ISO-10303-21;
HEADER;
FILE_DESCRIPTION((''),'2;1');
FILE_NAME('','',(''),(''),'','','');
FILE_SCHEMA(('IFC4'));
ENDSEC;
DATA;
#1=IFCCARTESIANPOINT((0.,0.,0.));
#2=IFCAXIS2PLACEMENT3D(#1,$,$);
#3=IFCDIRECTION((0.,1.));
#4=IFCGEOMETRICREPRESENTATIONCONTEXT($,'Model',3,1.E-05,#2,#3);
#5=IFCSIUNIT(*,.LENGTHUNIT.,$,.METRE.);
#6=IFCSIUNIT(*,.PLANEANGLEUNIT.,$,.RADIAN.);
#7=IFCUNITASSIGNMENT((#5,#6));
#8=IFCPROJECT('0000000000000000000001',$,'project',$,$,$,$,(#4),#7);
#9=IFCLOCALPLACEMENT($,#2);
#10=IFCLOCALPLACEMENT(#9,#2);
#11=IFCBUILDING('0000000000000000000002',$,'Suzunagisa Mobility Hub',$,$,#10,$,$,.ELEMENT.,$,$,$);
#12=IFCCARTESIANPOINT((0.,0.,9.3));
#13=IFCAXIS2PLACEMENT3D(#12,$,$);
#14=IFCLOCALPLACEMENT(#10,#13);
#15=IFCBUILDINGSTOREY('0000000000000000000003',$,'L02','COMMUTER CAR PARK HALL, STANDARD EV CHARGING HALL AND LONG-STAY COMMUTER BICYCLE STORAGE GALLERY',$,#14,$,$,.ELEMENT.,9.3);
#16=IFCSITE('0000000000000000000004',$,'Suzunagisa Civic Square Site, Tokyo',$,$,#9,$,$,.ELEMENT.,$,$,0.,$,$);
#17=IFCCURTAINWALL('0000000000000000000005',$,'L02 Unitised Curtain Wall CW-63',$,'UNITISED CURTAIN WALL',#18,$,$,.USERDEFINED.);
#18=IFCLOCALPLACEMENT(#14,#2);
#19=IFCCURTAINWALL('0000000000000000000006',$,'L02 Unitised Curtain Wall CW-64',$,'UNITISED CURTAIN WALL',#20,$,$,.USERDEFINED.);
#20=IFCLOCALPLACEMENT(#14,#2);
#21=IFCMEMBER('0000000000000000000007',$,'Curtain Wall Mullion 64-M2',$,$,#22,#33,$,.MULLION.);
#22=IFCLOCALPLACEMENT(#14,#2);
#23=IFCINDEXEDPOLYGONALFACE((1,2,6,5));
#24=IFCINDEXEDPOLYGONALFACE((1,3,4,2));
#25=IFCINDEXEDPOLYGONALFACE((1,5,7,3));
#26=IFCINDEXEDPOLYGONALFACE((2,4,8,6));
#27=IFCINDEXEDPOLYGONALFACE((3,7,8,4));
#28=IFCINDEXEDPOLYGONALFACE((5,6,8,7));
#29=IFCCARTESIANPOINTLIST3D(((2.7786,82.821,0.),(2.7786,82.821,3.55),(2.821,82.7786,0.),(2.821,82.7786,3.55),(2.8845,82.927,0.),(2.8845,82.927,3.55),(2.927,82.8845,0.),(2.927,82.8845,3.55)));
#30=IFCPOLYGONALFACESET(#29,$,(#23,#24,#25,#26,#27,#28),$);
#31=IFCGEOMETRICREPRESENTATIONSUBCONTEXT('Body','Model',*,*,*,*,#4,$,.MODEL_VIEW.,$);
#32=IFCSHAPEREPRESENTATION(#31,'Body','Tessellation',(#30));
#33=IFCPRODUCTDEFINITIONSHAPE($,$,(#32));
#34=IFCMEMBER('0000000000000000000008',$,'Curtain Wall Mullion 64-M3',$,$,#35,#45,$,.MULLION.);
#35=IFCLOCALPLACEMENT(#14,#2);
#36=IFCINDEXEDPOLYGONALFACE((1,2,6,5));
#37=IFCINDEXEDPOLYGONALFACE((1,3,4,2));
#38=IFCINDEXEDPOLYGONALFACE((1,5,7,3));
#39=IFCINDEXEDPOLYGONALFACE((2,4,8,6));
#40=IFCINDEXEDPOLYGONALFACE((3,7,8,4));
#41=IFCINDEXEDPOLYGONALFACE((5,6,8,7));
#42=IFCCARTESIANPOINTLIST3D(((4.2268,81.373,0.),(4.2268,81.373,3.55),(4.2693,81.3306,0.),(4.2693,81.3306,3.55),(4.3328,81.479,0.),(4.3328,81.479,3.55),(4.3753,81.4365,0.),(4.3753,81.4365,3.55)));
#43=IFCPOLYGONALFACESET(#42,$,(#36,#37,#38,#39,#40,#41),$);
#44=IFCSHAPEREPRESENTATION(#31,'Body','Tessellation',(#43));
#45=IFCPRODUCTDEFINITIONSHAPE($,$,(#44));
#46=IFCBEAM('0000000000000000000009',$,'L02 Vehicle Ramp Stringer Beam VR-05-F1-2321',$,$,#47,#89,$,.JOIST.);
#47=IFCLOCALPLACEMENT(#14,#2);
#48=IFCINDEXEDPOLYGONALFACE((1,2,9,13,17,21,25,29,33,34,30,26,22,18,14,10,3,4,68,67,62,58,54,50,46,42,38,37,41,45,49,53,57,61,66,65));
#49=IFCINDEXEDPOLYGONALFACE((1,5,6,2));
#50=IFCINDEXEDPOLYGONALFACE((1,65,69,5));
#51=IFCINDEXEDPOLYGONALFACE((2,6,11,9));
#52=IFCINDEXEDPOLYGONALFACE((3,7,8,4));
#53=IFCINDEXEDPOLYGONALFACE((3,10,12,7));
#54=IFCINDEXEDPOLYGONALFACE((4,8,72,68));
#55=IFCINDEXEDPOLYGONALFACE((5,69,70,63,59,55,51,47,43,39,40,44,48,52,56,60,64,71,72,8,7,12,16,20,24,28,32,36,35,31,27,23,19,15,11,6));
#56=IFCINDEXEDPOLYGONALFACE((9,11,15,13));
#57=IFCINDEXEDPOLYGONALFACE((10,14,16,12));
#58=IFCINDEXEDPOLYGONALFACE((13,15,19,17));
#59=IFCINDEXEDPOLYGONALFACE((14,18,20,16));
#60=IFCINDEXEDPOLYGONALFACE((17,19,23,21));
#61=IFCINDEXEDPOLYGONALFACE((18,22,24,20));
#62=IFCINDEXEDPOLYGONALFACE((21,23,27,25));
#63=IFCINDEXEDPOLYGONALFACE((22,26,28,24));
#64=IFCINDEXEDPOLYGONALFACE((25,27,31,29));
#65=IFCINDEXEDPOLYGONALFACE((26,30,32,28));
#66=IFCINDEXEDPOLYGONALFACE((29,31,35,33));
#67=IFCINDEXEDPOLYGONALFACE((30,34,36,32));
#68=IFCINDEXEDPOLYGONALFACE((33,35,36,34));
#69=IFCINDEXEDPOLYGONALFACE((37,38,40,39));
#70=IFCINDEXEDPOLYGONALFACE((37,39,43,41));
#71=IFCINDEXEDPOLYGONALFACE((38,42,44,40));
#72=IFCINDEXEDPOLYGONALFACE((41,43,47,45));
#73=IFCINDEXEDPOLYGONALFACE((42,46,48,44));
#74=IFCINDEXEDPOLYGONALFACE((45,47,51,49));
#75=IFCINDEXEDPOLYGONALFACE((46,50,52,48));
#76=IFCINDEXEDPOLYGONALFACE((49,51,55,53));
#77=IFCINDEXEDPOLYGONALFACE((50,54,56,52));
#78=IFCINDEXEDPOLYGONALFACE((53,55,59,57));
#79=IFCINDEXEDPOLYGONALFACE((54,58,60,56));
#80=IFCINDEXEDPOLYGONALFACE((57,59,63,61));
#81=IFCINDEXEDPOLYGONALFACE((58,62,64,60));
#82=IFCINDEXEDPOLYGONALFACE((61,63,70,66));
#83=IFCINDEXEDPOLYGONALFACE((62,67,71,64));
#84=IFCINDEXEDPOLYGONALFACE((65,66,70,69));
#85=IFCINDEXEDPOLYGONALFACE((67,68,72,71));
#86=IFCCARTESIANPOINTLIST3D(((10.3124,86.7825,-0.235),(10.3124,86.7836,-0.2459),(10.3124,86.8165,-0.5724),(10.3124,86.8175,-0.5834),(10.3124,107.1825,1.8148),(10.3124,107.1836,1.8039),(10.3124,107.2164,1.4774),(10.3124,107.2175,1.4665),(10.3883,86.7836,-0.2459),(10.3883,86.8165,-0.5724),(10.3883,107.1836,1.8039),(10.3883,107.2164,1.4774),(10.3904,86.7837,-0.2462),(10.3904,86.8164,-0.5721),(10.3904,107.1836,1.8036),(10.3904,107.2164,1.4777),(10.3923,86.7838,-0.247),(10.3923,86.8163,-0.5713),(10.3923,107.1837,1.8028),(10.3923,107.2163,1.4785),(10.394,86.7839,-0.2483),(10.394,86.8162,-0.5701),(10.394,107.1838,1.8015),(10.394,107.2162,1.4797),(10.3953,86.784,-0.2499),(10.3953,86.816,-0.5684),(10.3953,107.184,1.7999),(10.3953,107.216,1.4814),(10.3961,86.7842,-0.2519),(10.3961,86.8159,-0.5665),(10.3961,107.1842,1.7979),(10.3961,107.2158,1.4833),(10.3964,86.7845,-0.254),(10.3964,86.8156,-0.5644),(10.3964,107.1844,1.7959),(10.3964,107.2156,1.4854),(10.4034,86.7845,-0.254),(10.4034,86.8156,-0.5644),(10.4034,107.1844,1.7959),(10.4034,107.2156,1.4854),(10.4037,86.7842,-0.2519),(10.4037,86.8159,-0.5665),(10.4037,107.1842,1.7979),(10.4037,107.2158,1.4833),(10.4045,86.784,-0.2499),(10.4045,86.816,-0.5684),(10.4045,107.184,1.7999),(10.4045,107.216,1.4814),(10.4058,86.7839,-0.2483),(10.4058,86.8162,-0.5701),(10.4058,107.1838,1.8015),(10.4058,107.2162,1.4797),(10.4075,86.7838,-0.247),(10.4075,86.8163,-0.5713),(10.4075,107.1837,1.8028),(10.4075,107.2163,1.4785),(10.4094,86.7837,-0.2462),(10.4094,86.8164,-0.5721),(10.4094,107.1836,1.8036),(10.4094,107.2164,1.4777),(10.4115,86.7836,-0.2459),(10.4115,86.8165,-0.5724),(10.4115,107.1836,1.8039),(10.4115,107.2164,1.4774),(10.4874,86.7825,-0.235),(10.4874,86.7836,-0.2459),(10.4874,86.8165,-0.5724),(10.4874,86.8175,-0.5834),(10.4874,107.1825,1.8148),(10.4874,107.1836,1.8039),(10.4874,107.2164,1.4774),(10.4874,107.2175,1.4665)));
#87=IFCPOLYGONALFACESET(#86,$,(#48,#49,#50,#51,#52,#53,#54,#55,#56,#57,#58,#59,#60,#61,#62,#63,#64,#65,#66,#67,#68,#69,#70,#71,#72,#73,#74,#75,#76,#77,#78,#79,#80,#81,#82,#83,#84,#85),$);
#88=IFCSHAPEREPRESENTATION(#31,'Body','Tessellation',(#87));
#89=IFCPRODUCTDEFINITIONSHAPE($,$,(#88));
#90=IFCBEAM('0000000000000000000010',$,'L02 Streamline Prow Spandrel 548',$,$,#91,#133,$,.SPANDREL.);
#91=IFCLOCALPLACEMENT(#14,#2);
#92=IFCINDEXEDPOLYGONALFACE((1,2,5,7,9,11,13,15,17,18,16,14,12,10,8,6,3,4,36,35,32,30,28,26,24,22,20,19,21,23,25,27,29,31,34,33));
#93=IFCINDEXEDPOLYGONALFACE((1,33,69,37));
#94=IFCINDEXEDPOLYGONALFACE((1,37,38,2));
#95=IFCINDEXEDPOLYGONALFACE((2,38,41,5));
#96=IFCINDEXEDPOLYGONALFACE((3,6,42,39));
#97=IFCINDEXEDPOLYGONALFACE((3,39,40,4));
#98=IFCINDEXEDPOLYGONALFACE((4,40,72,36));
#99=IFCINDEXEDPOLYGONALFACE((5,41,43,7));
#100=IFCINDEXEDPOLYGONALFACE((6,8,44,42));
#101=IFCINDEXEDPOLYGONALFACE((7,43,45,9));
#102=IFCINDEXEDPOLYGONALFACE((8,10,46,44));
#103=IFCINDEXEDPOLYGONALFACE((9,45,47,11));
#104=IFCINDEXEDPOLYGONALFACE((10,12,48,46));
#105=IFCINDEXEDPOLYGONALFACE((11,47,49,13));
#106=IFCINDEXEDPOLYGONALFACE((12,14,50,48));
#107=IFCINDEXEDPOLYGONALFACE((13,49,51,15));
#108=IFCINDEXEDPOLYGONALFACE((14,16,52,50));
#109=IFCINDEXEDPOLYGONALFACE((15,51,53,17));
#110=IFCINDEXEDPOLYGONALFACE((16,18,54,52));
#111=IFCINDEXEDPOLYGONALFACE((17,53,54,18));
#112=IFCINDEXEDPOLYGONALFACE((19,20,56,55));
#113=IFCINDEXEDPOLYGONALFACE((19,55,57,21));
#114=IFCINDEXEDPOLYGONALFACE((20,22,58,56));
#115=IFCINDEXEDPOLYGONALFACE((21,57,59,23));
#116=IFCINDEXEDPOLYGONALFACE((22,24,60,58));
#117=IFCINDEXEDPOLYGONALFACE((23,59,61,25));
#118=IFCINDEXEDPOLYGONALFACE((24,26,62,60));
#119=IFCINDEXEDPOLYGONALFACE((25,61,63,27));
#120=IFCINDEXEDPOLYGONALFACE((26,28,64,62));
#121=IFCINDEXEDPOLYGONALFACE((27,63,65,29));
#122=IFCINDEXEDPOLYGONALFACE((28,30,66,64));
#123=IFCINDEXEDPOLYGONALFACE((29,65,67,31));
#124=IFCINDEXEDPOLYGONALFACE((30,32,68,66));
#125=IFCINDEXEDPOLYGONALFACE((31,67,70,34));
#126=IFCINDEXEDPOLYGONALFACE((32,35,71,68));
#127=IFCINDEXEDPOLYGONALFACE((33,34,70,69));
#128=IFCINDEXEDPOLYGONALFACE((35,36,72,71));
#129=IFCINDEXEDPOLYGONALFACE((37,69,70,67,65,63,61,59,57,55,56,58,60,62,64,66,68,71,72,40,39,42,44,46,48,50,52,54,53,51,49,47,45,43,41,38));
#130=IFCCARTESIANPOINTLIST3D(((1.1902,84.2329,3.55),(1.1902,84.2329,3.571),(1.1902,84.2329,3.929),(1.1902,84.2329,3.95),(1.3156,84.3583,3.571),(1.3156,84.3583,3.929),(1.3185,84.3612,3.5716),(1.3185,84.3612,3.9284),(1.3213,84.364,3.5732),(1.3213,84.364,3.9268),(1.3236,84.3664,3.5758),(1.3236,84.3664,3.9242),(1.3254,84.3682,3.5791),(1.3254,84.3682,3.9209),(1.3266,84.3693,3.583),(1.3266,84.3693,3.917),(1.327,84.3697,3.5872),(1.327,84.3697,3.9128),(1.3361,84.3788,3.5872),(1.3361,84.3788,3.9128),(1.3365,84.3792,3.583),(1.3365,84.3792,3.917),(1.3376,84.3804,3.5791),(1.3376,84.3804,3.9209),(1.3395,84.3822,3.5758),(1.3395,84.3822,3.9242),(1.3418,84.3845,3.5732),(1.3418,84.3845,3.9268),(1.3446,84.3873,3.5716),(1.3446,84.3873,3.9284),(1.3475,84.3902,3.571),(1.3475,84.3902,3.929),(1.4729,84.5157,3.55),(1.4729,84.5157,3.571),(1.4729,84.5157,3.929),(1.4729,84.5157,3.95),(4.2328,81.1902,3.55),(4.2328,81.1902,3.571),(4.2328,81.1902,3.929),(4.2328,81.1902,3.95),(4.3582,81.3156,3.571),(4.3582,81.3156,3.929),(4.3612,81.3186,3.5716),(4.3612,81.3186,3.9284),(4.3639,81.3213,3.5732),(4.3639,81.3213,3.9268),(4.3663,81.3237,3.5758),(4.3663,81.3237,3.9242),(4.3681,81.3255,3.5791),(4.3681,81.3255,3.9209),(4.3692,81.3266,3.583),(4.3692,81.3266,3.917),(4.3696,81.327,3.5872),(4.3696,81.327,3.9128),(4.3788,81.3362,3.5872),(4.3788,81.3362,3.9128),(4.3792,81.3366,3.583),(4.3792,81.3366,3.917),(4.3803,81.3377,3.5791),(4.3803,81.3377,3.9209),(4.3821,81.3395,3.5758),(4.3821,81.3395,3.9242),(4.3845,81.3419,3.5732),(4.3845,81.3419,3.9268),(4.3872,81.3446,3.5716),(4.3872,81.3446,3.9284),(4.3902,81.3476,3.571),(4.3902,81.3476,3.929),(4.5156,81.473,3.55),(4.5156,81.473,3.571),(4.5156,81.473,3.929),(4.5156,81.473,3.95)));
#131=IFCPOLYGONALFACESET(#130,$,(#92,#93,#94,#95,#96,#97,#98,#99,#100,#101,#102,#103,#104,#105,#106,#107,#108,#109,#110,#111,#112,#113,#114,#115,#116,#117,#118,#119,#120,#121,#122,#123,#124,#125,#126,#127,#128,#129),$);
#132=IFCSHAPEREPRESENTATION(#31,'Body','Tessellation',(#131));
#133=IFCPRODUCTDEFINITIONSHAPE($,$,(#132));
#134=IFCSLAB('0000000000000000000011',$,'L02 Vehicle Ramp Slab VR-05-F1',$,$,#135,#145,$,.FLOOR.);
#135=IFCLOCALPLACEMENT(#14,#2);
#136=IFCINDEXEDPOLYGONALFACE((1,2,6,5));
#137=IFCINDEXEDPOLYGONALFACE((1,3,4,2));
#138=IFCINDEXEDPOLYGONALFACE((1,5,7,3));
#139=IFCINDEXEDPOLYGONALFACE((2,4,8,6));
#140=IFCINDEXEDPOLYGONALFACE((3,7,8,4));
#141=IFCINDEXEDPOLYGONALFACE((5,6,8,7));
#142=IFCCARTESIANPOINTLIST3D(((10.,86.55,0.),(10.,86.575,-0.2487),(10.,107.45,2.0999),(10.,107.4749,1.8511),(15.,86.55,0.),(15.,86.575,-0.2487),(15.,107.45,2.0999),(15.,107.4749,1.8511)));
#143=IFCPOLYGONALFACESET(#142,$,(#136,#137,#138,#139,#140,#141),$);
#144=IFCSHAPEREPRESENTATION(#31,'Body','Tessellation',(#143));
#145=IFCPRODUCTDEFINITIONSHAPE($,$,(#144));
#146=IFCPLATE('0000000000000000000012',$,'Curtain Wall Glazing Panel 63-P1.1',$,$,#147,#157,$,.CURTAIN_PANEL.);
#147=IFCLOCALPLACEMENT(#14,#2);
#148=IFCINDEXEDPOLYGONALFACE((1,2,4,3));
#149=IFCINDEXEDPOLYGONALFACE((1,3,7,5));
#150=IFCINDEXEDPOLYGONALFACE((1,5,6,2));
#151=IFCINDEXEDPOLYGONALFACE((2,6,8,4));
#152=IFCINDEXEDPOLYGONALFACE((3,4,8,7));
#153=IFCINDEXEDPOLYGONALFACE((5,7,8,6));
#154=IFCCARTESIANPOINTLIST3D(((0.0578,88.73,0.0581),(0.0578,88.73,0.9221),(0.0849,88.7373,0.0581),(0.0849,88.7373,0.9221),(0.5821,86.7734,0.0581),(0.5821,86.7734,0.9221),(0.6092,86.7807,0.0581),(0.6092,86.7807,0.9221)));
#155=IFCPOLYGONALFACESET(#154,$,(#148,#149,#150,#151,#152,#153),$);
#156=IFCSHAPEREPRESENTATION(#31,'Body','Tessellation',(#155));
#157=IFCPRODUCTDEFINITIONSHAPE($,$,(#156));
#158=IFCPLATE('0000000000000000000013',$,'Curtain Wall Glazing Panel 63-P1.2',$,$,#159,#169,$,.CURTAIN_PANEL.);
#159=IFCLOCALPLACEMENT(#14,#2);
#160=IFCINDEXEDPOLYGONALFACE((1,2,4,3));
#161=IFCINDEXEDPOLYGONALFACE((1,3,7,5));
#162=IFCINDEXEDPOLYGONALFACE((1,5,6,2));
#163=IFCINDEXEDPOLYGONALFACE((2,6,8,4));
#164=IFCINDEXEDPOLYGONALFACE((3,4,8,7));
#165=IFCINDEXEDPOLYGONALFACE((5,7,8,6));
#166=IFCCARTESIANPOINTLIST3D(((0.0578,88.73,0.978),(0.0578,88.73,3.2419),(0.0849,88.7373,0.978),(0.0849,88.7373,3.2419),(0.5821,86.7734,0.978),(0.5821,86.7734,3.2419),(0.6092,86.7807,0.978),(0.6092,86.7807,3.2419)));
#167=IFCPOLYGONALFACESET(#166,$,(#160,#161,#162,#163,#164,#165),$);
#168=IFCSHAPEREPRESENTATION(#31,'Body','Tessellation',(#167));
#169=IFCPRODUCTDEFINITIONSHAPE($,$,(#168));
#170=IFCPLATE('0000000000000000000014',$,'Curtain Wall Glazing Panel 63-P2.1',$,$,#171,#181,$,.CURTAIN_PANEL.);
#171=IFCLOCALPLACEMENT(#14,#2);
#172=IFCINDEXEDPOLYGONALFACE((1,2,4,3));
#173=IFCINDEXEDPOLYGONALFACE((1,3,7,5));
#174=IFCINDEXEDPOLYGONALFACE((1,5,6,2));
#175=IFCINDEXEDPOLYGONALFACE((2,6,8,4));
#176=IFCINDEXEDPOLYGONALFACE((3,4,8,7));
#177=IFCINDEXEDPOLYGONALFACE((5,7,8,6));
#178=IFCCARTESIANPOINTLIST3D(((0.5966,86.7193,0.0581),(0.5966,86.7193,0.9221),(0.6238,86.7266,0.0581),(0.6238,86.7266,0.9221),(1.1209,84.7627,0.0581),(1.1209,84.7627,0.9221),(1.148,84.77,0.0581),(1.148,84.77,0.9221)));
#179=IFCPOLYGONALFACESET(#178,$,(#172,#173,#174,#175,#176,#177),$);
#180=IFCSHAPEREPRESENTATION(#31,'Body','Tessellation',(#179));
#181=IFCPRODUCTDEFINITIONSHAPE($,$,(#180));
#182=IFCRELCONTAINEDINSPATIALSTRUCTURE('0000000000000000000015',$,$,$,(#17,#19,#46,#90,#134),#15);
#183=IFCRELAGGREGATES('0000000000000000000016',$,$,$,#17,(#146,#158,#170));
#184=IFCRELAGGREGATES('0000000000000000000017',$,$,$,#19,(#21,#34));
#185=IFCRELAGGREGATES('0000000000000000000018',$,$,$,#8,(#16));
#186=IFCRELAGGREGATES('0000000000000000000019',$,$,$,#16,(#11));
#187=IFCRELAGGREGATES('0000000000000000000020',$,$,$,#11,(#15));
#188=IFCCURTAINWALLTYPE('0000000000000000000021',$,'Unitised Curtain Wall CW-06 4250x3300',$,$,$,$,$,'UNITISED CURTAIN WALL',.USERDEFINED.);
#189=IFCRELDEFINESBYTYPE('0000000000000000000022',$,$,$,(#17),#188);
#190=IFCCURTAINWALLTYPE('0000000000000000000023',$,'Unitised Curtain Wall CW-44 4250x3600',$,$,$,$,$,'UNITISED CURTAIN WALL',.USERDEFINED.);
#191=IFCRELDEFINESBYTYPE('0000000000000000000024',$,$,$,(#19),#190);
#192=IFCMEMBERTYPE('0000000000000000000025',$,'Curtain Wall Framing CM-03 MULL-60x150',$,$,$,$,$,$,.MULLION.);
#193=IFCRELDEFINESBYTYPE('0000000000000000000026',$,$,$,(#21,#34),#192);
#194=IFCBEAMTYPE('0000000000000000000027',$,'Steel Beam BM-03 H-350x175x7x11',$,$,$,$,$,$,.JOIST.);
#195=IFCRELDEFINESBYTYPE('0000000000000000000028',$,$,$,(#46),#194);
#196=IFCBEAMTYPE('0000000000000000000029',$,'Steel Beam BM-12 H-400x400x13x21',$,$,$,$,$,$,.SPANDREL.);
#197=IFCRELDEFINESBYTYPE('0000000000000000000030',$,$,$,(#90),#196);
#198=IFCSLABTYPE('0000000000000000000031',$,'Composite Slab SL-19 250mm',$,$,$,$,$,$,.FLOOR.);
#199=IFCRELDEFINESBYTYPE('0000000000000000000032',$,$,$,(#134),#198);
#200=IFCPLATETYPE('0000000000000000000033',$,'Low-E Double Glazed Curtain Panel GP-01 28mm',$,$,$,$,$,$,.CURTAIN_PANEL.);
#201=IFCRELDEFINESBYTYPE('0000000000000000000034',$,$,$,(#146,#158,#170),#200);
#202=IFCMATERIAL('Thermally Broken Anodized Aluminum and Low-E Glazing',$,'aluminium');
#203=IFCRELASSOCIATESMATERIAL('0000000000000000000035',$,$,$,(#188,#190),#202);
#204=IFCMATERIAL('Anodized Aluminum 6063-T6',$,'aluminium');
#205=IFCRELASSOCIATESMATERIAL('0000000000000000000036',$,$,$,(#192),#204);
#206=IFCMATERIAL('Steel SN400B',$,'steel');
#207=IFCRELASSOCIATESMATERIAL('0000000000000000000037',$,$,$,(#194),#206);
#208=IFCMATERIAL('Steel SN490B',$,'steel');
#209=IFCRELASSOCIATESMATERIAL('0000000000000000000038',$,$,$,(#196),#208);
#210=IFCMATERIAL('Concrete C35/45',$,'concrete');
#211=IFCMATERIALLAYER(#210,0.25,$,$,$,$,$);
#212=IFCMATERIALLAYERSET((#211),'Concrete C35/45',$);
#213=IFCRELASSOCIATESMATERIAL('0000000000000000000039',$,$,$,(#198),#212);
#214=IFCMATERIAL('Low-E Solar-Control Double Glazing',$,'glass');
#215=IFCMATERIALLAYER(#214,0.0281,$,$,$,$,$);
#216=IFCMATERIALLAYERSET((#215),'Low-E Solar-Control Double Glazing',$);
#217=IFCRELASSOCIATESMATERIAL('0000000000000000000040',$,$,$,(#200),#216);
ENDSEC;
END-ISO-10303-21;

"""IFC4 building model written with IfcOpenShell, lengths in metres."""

from ifc_helpers import new_model, si_unit, direction, frame, origin, origin_2d, place, context, subcontext, project, spatial, polyline, rectangle, i_section, outline, extrude, material, layer, layer_set, material_profile, profile_set, type_object, element, aggregate, save


model = new_model("IFC4")

# Units and contexts
model_context = context("Model", 3, precision=1e-05, world=origin(), true_north=direction((0.0, 1.0)))
body_context = subcontext(model_context, "Body", "Model", "MODEL_VIEW")
ifc_project = project(units=[si_unit("LENGTHUNIT", "METRE"), si_unit("PLANEANGLEUNIT", "RADIAN")], contexts=[model_context])

# Site, building, storey
site_placement = place(None, origin())
site = spatial("IfcSite", under=ifc_project, at=site_placement, Name="Suzunagisa Civic Square Site, Tokyo", CompositionType="ELEMENT", RefElevation=0.0)
building_placement = place(site_placement, origin())
building = spatial("IfcBuilding", under=site, at=building_placement, Name="Suzunagisa Mobility Hub", CompositionType="ELEMENT")
storey_placement = place(building_placement, frame((0.0, 0.0, 9.3)))
storey = spatial("IfcBuildingStorey", under=building, at=storey_placement, Name="L02", Description="COMMUTER CAR PARK HALL, STANDARD EV CHARGING HALL AND LONG-STAY COMMUTER BICYCLE STORAGE GALLERY", CompositionType="ELEMENT", Elevation=9.3)

# Shared definitions
ifc_material_1 = material(Name="Steel SN490B", Category="steel")

# Curtain walls
ifc_material_2 = material(Name="Thermally Broken Anodized Aluminum and Low-E Glazing", Category="aluminium")
curtain_wall_type_1 = type_object("IfcCurtainWallType", Name="Unitised Curtain Wall CW-06 4250x3300", ElementType="UNITISED CURTAIN WALL", PredefinedType="USERDEFINED", material=ifc_material_2)
curtain_wall_1_placement = place(storey_placement, origin())
curtain_wall_1 = element("IfcCurtainWall", 1, at=curtain_wall_1_placement, inside=storey, type_object=curtain_wall_type_1, Name="L02 Unitised Curtain Wall CW-63", ObjectType="UNITISED CURTAIN WALL", PredefinedType="USERDEFINED")
ifc_material_3 = material(Name="Anodized Aluminum 6063-T6", Category="aluminium")
curtain_wall_type_2 = type_object("IfcCurtainWallType", Name="Unitised Curtain Wall CW-44 4250x3600", ElementType="UNITISED CURTAIN WALL", PredefinedType="USERDEFINED", material=ifc_material_2)
curtain_wall_2_placement = place(storey_placement, origin())
curtain_wall_2 = element("IfcCurtainWall", 2, at=curtain_wall_2_placement, inside=storey, type_object=curtain_wall_type_2, Name="L02 Unitised Curtain Wall CW-64", ObjectType="UNITISED CURTAIN WALL", PredefinedType="USERDEFINED")

# Members
ifc_material_profile_1 = material_profile(ifc_material_3, rectangle(XDim=0.0601, YDim=0.1499, at=origin_2d()), Name="MULL-60x150")
ifc_profile_set_1 = profile_set([ifc_material_profile_1], Name="Anodized Aluminum 6063-T6")
member_type_1 = type_object("IfcMemberType", Name="Curtain Wall Framing CM-03 MULL-60x150", PredefinedType="MULLION", material=ifc_profile_set_1)
member_1_placement = place(storey_placement, frame((2.8528, 82.8528, 0.0), z_axis=(0.0, 0.0, 1.0), x_axis=(0.707107, -0.707107, 0.0)))
member_1 = element("IfcMember", 3, at=member_1_placement, type_object=member_type_1, Name="Curtain Wall Mullion 64-M2", PredefinedType="MULLION", context=body_context, shape_type="SweptSolid", body=[
    extrude(rectangle(XDim=0.0601, YDim=0.1499, at=origin_2d()), origin(), (0.0, 0.0, 1.0), 3.55),
])
member_2_placement = place(storey_placement, frame((4.301, 81.4048, 0.0), z_axis=(0.0, 0.0, 1.0), x_axis=(0.707107, -0.707107, 0.0)))
member_2 = element("IfcMember", 4, at=member_2_placement, type_object=member_type_1, Name="Curtain Wall Mullion 64-M3", PredefinedType="MULLION", context=body_context, shape_type="SweptSolid", body=[
    extrude(rectangle(XDim=0.0601, YDim=0.1499, at=origin_2d()), origin(), (0.0, 0.0, 1.0), 3.55),
])

# Beams
ifc_material_4 = material(Name="Steel SN400B", Category="steel")
ifc_material_profile_2 = material_profile(ifc_material_4, i_section(OverallWidth=0.175, OverallDepth=0.3501, WebThickness=0.0071, FlangeThickness=0.011, FilletRadius=0.0081, at=origin_2d()), Name="H-350x175x7x11")
ifc_profile_set_2 = profile_set([ifc_material_profile_2], Name="Steel SN400B")
beam_type_1 = type_object("IfcBeamType", Name="Steel Beam BM-03 H-350x175x7x11", PredefinedType="JOIST", material=ifc_profile_set_2)
beam_1_placement = place(storey_placement, frame((10.3999, 86.8, -0.4092), z_axis=(0.0, 0.99499, 0.099978), x_axis=(-1.0, 0.0, 0.0)))
element("IfcBeam", 5, at=beam_1_placement, inside=storey, type_object=beam_type_1, Name="L02 Vehicle Ramp Stringer Beam VR-05-F1-2321", PredefinedType="JOIST", context=body_context, shape_type="SweptSolid", body=[
    extrude(i_section(OverallWidth=0.175, OverallDepth=0.3501, WebThickness=0.0071, FlangeThickness=0.011, FilletRadius=0.0081, at=origin_2d()), origin(), (0.0, 0.0, 1.0), 20.5027),
])
ifc_material_profile_3 = material_profile(ifc_material_1, i_section(OverallWidth=0.3999, OverallDepth=0.3999, WebThickness=0.0129, FlangeThickness=0.021, FilletRadius=0.0161, at=origin_2d()), Name="H-400x400x13x21")
ifc_profile_set_3 = profile_set([ifc_material_profile_3], Name="Steel SN490B")
beam_type_2 = type_object("IfcBeamType", Name="Steel Beam BM-12 H-400x400x13x21", PredefinedType="SPANDREL", material=ifc_profile_set_3)
beam_2_placement = place(storey_placement, frame((1.3315, 84.3743, 3.75), z_axis=(0.707107, -0.707107, 0.0), x_axis=(0.707107, 0.707107, 0.0)))
element("IfcBeam", 6, at=beam_2_placement, inside=storey, type_object=beam_type_2, Name="L02 Streamline Prow Spandrel 548", PredefinedType="SPANDREL", context=body_context, shape_type="SweptSolid", body=[
    extrude(i_section(OverallWidth=0.3999, OverallDepth=0.3999, WebThickness=0.0129, FlangeThickness=0.021, FilletRadius=0.0161, at=origin_2d()), origin(), (0.0, 0.0, 1.0), 4.303),
])

# Slab
ifc_material_5 = material(Name="Concrete C35/45", Category="concrete")
ifc_layer_1 = layer(ifc_material_5, 0.25)
ifc_layer_set_1 = layer_set([ifc_layer_1], Name="Concrete C35/45")
slab_type = type_object("IfcSlabType", Name="Composite Slab SL-19 250mm", PredefinedType="FLOOR", material=ifc_layer_set_1)
slab_placement = place(storey_placement, frame((10.0, 86.55, 0.0), z_axis=(0.0, -0.099969, 0.994991), x_axis=(1.0, 0.0, 0.0)))
element("IfcSlab", 7, at=slab_placement, inside=storey, type_object=slab_type, Name="L02 Vehicle Ramp Slab VR-05-F1", PredefinedType="FLOOR", context=body_context, shape_type="SweptSolid", body=[
    extrude(outline(polyline([(0.0, 0.0), (5.0, 0.0), (5.0, 21.0051), (0.0, 21.0051), (0.0, 0.0)])), origin(), (0.0, 0.0, -1.0), 0.25),
])

# Plates
ifc_material_6 = material(Name="Low-E Solar-Control Double Glazing", Category="glass")
ifc_layer_2 = layer(ifc_material_6, 0.0281)
ifc_layer_set_2 = layer_set([ifc_layer_2], Name="Low-E Solar-Control Double Glazing")
plate_type_1 = type_object("IfcPlateType", Name="Low-E Double Glazed Curtain Panel GP-01 28mm", PredefinedType="CURTAIN_PANEL", material=ifc_layer_set_2)
plate_1_placement = place(storey_placement, frame((0.3335, 87.7554, 0.0581), z_axis=(0.0, 0.0, 1.0), x_axis=(0.258803, -0.96593, 0.0)))
plate_1 = element("IfcPlate", 8, at=plate_1_placement, type_object=plate_type_1, Name="Curtain Wall Glazing Panel 63-P1.1", PredefinedType="CURTAIN_PANEL", context=body_context, shape_type="SweptSolid", body=[
    extrude(rectangle(XDim=2.0256, YDim=0.0281, at=origin_2d()), origin(), (0.0, 0.0, 1.0), 0.864),
])
plate_2_placement = place(storey_placement, frame((0.3335, 87.7554, 0.978), z_axis=(0.0, 0.0, 1.0), x_axis=(0.258803, -0.96593, 0.0)))
plate_2 = element("IfcPlate", 9, at=plate_2_placement, type_object=plate_type_1, Name="Curtain Wall Glazing Panel 63-P1.2", PredefinedType="CURTAIN_PANEL", context=body_context, shape_type="SweptSolid", body=[
    extrude(rectangle(XDim=2.0256, YDim=0.0281, at=origin_2d()), origin(), (0.0, 0.0, 1.0), 2.2639),
])
plate_3_placement = place(storey_placement, frame((0.8723, 85.7446, 0.0581), z_axis=(0.0, 0.0, 1.0), x_axis=(0.258803, -0.96593, 0.0)))
plate_3 = element("IfcPlate", 10, at=plate_3_placement, type_object=plate_type_1, Name="Curtain Wall Glazing Panel 63-P2.1", PredefinedType="CURTAIN_PANEL", context=body_context, shape_type="SweptSolid", body=[
    extrude(rectangle(XDim=2.0256, YDim=0.0281, at=origin_2d()), origin(), (0.0, 0.0, 1.0), 0.864),
])
aggregate(curtain_wall_1, [plate_1, plate_2, plate_3])
aggregate(curtain_wall_2, [member_1, member_2])

save(model, "model.ifc")
